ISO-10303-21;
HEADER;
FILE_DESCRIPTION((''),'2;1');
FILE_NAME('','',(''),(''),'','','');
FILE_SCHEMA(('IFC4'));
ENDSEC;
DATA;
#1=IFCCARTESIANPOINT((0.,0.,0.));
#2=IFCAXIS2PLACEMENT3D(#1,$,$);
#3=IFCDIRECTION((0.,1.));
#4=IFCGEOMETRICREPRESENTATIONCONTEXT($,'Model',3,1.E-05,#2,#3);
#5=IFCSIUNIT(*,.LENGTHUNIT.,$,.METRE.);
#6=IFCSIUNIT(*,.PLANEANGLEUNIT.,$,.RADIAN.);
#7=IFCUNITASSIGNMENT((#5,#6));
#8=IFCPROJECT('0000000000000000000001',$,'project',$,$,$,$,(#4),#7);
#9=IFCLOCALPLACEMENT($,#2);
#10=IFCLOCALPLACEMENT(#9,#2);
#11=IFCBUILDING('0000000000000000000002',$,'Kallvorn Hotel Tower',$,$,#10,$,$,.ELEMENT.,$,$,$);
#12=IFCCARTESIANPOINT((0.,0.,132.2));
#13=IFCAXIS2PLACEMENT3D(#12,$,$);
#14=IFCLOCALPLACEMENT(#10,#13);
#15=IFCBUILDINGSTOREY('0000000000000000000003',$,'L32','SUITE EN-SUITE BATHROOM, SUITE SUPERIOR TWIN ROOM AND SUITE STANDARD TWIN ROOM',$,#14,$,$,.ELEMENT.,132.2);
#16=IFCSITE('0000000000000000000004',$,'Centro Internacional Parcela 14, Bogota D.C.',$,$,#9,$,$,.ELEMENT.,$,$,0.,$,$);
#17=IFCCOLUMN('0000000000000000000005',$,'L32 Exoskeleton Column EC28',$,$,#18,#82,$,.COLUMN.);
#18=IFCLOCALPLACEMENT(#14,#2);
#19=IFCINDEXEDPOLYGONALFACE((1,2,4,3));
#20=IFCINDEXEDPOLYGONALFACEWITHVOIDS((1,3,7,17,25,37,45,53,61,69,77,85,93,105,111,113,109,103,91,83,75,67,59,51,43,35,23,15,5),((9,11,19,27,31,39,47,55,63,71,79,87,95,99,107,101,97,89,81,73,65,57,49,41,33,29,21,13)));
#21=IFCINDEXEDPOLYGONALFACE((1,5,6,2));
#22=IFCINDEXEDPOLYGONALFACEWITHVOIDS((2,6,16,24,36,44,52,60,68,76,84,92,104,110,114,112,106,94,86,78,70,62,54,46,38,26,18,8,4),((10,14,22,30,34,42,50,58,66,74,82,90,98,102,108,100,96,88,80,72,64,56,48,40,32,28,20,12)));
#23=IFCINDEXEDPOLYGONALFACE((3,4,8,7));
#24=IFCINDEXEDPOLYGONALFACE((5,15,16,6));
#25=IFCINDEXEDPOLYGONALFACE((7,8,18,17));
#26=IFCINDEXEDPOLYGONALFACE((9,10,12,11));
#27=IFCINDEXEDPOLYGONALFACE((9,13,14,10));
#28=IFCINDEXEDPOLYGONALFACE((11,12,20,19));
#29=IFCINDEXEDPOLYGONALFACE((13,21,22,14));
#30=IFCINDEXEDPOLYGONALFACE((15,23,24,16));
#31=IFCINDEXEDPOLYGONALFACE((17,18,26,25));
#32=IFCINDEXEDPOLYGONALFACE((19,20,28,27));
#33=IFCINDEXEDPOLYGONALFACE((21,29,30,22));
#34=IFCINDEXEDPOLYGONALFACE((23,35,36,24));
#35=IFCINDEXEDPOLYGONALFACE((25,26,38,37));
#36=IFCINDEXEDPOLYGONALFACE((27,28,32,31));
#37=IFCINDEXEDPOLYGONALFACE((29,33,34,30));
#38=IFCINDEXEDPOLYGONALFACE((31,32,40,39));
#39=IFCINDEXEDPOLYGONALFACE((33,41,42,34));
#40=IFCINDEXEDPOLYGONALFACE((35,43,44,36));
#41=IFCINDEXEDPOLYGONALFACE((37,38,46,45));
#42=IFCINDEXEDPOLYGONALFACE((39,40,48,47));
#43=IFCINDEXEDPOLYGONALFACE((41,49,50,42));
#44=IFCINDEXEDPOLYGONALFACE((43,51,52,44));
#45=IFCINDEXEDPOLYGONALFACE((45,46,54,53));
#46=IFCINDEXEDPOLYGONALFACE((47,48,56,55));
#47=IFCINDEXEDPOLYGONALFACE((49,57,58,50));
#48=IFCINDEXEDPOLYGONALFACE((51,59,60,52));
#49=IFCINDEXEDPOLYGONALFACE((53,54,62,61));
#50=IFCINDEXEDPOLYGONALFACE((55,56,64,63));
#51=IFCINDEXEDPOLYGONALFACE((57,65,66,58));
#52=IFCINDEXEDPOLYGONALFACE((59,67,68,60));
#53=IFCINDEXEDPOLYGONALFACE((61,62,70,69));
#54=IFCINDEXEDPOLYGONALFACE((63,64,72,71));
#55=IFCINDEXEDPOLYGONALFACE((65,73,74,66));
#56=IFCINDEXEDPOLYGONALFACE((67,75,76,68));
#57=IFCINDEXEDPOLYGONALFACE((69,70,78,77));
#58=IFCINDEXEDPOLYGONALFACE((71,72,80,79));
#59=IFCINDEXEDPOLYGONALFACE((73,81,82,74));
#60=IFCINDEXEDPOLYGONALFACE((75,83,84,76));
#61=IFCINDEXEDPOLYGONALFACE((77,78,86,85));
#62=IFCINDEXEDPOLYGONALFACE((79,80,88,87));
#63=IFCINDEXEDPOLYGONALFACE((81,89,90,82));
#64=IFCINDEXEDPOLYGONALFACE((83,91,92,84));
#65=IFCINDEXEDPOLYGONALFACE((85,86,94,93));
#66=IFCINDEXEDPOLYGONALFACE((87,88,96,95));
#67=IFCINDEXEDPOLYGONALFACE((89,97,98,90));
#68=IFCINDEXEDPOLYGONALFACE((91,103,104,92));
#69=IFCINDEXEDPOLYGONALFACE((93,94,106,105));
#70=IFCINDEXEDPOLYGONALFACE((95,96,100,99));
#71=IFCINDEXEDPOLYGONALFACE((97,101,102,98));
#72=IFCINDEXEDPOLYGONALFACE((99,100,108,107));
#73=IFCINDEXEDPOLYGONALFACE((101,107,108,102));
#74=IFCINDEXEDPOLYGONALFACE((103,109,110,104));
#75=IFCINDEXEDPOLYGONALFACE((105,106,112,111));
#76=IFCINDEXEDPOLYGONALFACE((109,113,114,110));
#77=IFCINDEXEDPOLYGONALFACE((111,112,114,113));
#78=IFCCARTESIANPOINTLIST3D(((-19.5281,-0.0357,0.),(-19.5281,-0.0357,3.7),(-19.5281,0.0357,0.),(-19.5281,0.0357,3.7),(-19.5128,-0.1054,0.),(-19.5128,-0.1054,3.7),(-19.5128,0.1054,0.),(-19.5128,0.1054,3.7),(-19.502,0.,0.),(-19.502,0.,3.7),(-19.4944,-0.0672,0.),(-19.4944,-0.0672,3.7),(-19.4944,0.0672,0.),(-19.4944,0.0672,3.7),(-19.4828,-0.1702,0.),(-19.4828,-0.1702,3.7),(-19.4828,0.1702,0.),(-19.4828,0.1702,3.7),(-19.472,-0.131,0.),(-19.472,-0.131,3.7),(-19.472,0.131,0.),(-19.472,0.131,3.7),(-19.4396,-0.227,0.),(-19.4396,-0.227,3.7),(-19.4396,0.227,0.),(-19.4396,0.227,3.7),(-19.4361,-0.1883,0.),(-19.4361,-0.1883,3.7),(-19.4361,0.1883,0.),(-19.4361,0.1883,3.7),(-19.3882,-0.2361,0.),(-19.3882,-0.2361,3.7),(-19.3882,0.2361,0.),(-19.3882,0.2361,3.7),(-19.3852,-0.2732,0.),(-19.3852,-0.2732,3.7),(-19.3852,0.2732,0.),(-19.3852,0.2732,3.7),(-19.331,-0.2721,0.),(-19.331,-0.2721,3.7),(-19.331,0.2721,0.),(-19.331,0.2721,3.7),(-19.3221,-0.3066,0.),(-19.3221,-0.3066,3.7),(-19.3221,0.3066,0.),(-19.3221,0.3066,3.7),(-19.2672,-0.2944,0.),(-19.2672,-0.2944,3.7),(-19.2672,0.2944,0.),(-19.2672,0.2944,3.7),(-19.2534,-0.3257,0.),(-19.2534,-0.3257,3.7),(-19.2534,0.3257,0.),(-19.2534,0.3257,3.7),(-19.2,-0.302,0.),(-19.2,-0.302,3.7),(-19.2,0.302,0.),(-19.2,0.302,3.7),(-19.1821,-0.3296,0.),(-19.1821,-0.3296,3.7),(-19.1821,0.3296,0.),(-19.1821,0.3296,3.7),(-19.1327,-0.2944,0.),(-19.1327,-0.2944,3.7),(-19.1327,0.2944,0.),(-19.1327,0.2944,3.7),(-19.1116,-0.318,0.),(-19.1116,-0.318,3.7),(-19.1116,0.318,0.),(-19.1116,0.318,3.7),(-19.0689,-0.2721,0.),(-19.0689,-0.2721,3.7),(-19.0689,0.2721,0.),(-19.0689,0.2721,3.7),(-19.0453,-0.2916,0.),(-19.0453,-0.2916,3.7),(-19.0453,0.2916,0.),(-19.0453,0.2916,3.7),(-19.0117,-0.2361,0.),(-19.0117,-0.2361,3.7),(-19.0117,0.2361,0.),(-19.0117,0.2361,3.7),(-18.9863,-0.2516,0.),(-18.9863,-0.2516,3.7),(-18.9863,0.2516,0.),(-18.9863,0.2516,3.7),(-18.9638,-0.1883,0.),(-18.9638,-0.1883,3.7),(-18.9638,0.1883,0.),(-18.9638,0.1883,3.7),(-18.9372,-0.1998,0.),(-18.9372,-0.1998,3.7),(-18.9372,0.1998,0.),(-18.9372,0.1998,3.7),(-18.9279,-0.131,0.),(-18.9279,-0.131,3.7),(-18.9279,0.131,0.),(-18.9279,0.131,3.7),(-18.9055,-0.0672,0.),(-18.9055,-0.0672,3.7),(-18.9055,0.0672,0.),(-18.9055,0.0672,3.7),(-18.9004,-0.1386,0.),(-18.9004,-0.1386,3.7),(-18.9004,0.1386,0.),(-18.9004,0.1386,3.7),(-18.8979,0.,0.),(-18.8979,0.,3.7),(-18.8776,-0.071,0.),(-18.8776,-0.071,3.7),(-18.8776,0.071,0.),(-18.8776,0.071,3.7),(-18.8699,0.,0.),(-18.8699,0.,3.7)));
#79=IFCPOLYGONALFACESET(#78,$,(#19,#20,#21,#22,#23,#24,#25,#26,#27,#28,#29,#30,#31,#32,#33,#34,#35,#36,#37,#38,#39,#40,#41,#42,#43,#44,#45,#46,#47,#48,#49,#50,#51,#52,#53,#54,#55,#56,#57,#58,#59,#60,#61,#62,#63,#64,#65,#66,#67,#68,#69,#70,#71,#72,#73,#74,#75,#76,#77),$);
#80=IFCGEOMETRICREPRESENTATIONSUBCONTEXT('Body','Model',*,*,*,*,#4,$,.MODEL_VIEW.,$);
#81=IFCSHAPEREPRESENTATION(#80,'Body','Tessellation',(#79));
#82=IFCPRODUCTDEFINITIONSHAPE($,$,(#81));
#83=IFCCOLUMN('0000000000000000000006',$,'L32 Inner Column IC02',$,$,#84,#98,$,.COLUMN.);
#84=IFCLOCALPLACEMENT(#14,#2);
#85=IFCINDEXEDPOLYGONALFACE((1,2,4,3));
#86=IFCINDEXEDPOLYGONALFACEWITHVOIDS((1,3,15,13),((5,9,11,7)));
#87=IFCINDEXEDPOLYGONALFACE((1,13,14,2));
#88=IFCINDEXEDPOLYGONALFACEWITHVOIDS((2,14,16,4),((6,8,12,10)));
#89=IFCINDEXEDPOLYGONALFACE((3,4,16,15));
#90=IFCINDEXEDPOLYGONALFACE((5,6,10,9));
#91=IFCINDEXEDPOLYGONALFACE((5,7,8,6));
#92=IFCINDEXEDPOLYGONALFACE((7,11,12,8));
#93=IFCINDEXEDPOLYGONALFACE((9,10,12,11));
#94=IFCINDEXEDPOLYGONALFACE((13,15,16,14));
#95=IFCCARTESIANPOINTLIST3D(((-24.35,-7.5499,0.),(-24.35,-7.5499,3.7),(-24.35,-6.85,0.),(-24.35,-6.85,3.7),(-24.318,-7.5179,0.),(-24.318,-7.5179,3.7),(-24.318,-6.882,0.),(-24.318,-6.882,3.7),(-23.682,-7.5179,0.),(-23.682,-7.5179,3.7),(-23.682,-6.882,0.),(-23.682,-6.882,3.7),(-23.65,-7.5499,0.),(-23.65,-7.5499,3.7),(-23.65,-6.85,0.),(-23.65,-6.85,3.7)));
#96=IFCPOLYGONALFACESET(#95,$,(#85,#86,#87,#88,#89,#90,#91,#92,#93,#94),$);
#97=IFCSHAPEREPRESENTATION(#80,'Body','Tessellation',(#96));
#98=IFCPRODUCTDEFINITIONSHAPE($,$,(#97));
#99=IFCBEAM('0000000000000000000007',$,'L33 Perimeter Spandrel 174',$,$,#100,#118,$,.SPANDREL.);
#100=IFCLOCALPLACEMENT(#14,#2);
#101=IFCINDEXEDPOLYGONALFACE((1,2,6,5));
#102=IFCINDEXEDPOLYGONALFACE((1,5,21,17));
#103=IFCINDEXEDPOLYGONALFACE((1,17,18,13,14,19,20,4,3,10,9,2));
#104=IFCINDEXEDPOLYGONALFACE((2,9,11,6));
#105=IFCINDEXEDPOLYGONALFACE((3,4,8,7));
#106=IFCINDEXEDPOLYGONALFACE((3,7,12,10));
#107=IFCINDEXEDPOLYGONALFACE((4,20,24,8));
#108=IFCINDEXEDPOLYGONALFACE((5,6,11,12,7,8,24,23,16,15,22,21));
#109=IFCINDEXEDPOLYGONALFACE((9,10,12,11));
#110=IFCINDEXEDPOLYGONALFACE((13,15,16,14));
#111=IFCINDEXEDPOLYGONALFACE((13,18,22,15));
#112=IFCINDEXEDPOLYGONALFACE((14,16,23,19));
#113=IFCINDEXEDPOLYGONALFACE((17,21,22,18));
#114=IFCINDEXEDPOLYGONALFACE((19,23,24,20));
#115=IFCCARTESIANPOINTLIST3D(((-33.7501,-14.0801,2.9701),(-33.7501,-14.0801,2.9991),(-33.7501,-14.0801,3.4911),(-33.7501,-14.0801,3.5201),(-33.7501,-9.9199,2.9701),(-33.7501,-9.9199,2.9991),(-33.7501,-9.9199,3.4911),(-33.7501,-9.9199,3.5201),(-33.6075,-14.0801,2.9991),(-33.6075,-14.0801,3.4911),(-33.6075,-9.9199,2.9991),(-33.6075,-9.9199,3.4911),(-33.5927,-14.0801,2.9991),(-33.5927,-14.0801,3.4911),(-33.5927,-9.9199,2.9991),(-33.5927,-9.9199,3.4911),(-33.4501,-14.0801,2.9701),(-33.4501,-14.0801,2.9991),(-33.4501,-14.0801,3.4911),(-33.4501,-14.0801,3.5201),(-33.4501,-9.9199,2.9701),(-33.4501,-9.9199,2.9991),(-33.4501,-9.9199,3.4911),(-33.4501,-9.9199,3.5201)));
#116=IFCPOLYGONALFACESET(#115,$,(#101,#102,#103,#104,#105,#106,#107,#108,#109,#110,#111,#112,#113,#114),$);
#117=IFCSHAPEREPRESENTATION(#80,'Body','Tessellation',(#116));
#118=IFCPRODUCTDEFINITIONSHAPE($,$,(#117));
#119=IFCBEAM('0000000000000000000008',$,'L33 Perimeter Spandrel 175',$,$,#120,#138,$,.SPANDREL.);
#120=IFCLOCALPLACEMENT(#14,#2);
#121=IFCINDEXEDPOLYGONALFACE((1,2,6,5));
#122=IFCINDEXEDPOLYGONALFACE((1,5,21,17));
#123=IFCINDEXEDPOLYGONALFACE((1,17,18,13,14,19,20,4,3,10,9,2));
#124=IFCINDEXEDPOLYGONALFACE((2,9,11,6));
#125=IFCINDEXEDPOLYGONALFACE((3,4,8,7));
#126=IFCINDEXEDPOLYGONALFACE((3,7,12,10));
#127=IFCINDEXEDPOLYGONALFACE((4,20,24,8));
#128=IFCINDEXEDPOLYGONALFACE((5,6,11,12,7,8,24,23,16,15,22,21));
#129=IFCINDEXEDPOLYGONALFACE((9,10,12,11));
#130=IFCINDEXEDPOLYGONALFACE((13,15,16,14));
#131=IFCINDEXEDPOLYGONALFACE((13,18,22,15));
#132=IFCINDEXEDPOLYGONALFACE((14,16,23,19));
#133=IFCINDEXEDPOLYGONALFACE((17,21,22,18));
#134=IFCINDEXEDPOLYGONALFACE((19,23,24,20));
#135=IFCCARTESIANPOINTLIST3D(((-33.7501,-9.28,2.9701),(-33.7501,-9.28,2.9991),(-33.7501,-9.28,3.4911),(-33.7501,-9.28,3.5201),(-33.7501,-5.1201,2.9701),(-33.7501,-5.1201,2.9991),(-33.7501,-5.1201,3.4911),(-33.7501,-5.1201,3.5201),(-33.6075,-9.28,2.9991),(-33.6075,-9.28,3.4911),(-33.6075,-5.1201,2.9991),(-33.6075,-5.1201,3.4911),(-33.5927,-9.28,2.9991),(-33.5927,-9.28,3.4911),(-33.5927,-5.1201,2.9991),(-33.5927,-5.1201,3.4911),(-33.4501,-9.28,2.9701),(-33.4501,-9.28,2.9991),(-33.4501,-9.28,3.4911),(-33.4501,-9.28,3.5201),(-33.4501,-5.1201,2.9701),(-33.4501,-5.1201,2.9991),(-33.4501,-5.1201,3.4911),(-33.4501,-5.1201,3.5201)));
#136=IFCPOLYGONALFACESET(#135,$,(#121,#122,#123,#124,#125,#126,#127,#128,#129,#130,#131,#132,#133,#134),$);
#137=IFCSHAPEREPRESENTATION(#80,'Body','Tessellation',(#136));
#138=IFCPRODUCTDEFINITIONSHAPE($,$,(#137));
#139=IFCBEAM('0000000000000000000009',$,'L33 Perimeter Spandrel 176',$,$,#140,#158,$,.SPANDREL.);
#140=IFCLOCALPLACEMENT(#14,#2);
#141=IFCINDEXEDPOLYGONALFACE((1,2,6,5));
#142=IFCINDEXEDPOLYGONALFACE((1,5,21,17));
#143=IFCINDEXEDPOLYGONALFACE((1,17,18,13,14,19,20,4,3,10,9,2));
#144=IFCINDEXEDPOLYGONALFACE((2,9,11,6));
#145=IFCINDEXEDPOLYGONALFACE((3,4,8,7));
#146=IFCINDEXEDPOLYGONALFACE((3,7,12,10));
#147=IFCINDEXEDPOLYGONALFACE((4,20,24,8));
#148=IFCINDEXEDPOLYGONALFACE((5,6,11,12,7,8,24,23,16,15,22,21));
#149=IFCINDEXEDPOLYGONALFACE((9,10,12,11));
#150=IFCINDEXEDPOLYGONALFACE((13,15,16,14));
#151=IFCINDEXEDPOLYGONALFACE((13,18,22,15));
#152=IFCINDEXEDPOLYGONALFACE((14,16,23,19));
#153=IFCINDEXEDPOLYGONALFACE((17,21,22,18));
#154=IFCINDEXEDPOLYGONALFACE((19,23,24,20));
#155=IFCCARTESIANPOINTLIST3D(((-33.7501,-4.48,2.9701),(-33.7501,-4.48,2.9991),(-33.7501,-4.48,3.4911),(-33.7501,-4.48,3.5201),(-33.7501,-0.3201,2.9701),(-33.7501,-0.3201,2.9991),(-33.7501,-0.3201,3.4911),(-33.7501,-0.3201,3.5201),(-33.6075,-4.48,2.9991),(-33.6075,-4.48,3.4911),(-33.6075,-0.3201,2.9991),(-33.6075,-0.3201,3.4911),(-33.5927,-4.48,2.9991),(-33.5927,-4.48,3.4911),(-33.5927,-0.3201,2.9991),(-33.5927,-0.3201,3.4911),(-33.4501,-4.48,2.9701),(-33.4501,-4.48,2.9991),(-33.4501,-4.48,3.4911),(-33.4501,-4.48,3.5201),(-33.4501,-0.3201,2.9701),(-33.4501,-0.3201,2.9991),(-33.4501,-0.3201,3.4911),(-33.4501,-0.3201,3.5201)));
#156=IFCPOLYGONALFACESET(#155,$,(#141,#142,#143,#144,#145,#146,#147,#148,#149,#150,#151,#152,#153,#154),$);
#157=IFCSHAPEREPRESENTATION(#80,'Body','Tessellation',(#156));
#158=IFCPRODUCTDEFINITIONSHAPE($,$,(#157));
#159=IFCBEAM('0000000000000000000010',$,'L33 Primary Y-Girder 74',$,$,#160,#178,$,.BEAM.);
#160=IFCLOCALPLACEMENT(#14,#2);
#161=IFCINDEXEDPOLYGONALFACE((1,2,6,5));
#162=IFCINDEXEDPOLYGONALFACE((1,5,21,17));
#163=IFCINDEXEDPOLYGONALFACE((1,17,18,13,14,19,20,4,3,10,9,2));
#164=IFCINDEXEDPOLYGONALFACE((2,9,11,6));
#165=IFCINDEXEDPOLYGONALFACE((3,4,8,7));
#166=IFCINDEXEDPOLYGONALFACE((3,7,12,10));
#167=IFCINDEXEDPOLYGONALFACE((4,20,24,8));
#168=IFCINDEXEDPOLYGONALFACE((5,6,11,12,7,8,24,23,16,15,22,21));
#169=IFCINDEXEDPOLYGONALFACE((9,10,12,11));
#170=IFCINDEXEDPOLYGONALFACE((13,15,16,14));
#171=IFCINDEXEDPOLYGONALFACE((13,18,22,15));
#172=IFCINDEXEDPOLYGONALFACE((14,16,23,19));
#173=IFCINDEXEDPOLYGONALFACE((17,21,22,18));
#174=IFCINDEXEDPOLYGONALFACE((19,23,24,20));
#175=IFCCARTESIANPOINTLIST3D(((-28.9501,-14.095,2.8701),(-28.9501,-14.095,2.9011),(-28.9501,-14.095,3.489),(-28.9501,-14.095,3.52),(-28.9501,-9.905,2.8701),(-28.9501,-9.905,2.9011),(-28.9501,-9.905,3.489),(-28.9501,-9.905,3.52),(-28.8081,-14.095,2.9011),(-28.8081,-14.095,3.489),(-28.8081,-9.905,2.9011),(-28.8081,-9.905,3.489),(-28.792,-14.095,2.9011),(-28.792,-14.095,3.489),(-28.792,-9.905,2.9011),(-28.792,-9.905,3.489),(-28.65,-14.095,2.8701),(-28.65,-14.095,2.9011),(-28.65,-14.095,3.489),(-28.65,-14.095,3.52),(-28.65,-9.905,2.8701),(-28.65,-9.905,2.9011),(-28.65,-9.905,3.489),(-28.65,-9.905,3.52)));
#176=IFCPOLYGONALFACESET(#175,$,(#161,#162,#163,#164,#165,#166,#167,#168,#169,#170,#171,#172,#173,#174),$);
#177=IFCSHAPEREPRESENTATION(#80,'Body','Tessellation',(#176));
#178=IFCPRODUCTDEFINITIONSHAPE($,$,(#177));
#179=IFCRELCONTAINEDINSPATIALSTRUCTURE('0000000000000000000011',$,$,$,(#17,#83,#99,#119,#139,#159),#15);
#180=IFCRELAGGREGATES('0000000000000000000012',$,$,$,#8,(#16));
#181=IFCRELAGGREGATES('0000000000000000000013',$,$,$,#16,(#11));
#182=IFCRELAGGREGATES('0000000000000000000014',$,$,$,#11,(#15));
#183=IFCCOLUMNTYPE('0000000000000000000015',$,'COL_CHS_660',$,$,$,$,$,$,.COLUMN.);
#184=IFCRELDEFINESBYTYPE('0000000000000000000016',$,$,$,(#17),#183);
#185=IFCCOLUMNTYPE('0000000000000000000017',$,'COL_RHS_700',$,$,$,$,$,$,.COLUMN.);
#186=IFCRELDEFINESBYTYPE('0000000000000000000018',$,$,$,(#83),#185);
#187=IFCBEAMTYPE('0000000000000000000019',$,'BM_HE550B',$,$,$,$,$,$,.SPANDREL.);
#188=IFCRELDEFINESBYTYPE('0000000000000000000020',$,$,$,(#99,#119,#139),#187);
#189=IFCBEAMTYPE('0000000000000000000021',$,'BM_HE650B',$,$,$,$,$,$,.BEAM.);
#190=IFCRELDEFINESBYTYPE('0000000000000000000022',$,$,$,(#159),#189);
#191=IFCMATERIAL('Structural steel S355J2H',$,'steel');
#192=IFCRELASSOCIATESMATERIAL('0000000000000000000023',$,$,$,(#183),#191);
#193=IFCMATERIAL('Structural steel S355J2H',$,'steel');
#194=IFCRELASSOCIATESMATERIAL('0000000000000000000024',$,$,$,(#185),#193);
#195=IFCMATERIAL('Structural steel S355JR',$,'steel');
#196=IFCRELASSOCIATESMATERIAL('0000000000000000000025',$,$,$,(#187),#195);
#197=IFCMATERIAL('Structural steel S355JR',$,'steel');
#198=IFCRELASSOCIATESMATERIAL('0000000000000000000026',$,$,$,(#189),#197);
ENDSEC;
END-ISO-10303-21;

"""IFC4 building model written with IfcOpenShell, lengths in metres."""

from ifc_helpers import new_model, si_unit, direction, frame, origin, origin_2d, place, context, subcontext, project, spatial, hollow_rectangle, hollow_circle, i_section, extrude, material, material_profile, profile_set, type_object, element, save


model = new_model("IFC4")

# Units and contexts
model_context = context("Model", 3, precision=1e-05, world=origin(), true_north=direction((0.0, 1.0)))
body_context = subcontext(model_context, "Body", "Model", "MODEL_VIEW")
ifc_project = project(units=[si_unit("LENGTHUNIT", "METRE"), si_unit("PLANEANGLEUNIT", "RADIAN")], contexts=[model_context])

# Site, building, storey
site_placement = place(None, origin())
site = spatial("IfcSite", under=ifc_project, at=site_placement, Name="Centro Internacional Parcela 14, Bogota D.C.", CompositionType="ELEMENT", RefElevation=0.0)
building_placement = place(site_placement, origin())
building = spatial("IfcBuilding", under=site, at=building_placement, Name="Kallvorn Hotel Tower", CompositionType="ELEMENT")
storey_placement = place(building_placement, frame((0.0, 0.0, 132.2)))
storey = spatial("IfcBuildingStorey", under=building, at=storey_placement, Name="L32", Description="SUITE EN-SUITE BATHROOM, SUITE SUPERIOR TWIN ROOM AND SUITE STANDARD TWIN ROOM", CompositionType="ELEMENT", Elevation=132.2)

# Columns
ifc_material_1 = material(Name="Structural steel S355J2H", Category="steel")
ifc_material_profile_1 = material_profile(ifc_material_1, hollow_circle(Radius=0.3301, WallThickness=0.0281, at=origin_2d()), Name="CHS 660x28")
ifc_profile_set_1 = profile_set([ifc_material_profile_1], Name="Structural steel S355J2H")
column_type_1 = type_object("IfcColumnType", Name="COL_CHS_660", PredefinedType="COLUMN", material=ifc_profile_set_1)
for number, where, z_axis, x_axis, name in (
    (1, (-19.2, 0.0, 0.0), (0.0, 0.0, 1.0), (1.0, 0.0, 0.0), "L32 Exoskeleton Column EC28"),
):
    element("IfcColumn", number, at=place(storey_placement, frame(where, z_axis=z_axis, x_axis=x_axis)), inside=storey, type_object=column_type_1, Name=name, PredefinedType="COLUMN", context=body_context, shape_type="SweptSolid", body=[
        extrude(hollow_circle(Radius=0.3301, WallThickness=0.0281, at=origin_2d()), origin(), (0.0, 0.0, 1.0), 3.7),
    ])
ifc_material_2 = material(Name="Structural steel S355J2H", Category="steel")
ifc_material_profile_2 = material_profile(ifc_material_2, hollow_rectangle(XDim=0.7, YDim=0.7, WallThickness=0.032, at=origin_2d()), Name="RHS 700x700x32")
ifc_profile_set_2 = profile_set([ifc_material_profile_2], Name="Structural steel S355J2H")
column_type_2 = type_object("IfcColumnType", Name="COL_RHS_700", PredefinedType="COLUMN", material=ifc_profile_set_2)
column_placement = place(storey_placement, frame((-24.0, -7.2, 0.0), z_axis=(0.0, 0.0, 1.0), x_axis=(1.0, 0.0, 0.0)))
element("IfcColumn", 2, at=column_placement, inside=storey, type_object=column_type_2, Name="L32 Inner Column IC02", PredefinedType="COLUMN", context=body_context, shape_type="SweptSolid", body=[
    extrude(hollow_rectangle(XDim=0.7, YDim=0.7, WallThickness=0.032, at=origin_2d()), origin(), (0.0, 0.0, 1.0), 3.7),
])

# Beams
ifc_material_3 = material(Name="Structural steel S355JR", Category="steel")
ifc_material_profile_3 = material_profile(ifc_material_3, i_section(OverallWidth=0.3, OverallDepth=0.55, WebThickness=0.0149, FlangeThickness=0.0291, at=origin_2d()), Name="HE 550 B")
ifc_profile_set_3 = profile_set([ifc_material_profile_3], Name="Structural steel S355JR")
beam_type_1 = type_object("IfcBeamType", Name="BM_HE550B", PredefinedType="SPANDREL", material=ifc_profile_set_3)
beam_1_placement = place(storey_placement, frame((-33.6001, -14.0801, 3.2451), z_axis=(0.0, 1.0, 0.0), x_axis=(-1.0, 0.0, 0.0)))
element("IfcBeam", 3, at=beam_1_placement, inside=storey, type_object=beam_type_1, Name="L33 Perimeter Spandrel 174", PredefinedType="SPANDREL", context=body_context, shape_type="SweptSolid", body=[
    extrude(i_section(OverallWidth=0.3, OverallDepth=0.55, WebThickness=0.0149, FlangeThickness=0.0291, at=origin_2d()), origin(), (0.0, 0.0, 1.0), 4.1602),
])
for number, where, z_axis, x_axis, name in (
    (4, (-33.6001, -9.28, 3.2451), (0.0, 1.0, 0.0), (-1.0, 0.0, 0.0), "L33 Perimeter Spandrel 175"),
    (5, (-33.6001, -4.48, 3.2451), (0.0, 1.0, 0.0), (-1.0, 0.0, 0.0), "L33 Perimeter Spandrel 176"),
):
    element("IfcBeam", number, at=place(storey_placement, frame(where, z_axis=z_axis, x_axis=x_axis)), inside=storey, type_object=beam_type_1, Name=name, PredefinedType="SPANDREL", context=body_context, shape_type="SweptSolid", body=[
        extrude(i_section(OverallWidth=0.3, OverallDepth=0.55, WebThickness=0.0149, FlangeThickness=0.0291, at=origin_2d()), origin(), (0.0, 0.0, 1.0), 4.1599),
    ])
ifc_material_4 = material(Name="Structural steel S355JR", Category="steel")
ifc_material_profile_4 = material_profile(ifc_material_4, i_section(OverallWidth=0.3, OverallDepth=0.6499, WebThickness=0.0161, FlangeThickness=0.031, at=origin_2d()), Name="HE 650 B")
ifc_profile_set_4 = profile_set([ifc_material_profile_4], Name="Structural steel S355JR")
beam_type_2 = type_object("IfcBeamType", Name="BM_HE650B", PredefinedType="BEAM", material=ifc_profile_set_4)
for number, where, z_axis, x_axis, name in (
    (6, (-28.8, -14.095, 3.1951), (0.0, 1.0, 0.0), (-1.0, 0.0, 0.0), "L33 Primary Y-Girder 74"),
):
    element("IfcBeam", number, at=place(storey_placement, frame(where, z_axis=z_axis, x_axis=x_axis)), inside=storey, type_object=beam_type_2, Name=name, PredefinedType="BEAM", context=body_context, shape_type="SweptSolid", body=[
        extrude(i_section(OverallWidth=0.3, OverallDepth=0.6499, WebThickness=0.0161, FlangeThickness=0.031, at=origin_2d()), origin(), (0.0, 0.0, 1.0), 4.1899),
    ])

save(model, "model.ifc")
